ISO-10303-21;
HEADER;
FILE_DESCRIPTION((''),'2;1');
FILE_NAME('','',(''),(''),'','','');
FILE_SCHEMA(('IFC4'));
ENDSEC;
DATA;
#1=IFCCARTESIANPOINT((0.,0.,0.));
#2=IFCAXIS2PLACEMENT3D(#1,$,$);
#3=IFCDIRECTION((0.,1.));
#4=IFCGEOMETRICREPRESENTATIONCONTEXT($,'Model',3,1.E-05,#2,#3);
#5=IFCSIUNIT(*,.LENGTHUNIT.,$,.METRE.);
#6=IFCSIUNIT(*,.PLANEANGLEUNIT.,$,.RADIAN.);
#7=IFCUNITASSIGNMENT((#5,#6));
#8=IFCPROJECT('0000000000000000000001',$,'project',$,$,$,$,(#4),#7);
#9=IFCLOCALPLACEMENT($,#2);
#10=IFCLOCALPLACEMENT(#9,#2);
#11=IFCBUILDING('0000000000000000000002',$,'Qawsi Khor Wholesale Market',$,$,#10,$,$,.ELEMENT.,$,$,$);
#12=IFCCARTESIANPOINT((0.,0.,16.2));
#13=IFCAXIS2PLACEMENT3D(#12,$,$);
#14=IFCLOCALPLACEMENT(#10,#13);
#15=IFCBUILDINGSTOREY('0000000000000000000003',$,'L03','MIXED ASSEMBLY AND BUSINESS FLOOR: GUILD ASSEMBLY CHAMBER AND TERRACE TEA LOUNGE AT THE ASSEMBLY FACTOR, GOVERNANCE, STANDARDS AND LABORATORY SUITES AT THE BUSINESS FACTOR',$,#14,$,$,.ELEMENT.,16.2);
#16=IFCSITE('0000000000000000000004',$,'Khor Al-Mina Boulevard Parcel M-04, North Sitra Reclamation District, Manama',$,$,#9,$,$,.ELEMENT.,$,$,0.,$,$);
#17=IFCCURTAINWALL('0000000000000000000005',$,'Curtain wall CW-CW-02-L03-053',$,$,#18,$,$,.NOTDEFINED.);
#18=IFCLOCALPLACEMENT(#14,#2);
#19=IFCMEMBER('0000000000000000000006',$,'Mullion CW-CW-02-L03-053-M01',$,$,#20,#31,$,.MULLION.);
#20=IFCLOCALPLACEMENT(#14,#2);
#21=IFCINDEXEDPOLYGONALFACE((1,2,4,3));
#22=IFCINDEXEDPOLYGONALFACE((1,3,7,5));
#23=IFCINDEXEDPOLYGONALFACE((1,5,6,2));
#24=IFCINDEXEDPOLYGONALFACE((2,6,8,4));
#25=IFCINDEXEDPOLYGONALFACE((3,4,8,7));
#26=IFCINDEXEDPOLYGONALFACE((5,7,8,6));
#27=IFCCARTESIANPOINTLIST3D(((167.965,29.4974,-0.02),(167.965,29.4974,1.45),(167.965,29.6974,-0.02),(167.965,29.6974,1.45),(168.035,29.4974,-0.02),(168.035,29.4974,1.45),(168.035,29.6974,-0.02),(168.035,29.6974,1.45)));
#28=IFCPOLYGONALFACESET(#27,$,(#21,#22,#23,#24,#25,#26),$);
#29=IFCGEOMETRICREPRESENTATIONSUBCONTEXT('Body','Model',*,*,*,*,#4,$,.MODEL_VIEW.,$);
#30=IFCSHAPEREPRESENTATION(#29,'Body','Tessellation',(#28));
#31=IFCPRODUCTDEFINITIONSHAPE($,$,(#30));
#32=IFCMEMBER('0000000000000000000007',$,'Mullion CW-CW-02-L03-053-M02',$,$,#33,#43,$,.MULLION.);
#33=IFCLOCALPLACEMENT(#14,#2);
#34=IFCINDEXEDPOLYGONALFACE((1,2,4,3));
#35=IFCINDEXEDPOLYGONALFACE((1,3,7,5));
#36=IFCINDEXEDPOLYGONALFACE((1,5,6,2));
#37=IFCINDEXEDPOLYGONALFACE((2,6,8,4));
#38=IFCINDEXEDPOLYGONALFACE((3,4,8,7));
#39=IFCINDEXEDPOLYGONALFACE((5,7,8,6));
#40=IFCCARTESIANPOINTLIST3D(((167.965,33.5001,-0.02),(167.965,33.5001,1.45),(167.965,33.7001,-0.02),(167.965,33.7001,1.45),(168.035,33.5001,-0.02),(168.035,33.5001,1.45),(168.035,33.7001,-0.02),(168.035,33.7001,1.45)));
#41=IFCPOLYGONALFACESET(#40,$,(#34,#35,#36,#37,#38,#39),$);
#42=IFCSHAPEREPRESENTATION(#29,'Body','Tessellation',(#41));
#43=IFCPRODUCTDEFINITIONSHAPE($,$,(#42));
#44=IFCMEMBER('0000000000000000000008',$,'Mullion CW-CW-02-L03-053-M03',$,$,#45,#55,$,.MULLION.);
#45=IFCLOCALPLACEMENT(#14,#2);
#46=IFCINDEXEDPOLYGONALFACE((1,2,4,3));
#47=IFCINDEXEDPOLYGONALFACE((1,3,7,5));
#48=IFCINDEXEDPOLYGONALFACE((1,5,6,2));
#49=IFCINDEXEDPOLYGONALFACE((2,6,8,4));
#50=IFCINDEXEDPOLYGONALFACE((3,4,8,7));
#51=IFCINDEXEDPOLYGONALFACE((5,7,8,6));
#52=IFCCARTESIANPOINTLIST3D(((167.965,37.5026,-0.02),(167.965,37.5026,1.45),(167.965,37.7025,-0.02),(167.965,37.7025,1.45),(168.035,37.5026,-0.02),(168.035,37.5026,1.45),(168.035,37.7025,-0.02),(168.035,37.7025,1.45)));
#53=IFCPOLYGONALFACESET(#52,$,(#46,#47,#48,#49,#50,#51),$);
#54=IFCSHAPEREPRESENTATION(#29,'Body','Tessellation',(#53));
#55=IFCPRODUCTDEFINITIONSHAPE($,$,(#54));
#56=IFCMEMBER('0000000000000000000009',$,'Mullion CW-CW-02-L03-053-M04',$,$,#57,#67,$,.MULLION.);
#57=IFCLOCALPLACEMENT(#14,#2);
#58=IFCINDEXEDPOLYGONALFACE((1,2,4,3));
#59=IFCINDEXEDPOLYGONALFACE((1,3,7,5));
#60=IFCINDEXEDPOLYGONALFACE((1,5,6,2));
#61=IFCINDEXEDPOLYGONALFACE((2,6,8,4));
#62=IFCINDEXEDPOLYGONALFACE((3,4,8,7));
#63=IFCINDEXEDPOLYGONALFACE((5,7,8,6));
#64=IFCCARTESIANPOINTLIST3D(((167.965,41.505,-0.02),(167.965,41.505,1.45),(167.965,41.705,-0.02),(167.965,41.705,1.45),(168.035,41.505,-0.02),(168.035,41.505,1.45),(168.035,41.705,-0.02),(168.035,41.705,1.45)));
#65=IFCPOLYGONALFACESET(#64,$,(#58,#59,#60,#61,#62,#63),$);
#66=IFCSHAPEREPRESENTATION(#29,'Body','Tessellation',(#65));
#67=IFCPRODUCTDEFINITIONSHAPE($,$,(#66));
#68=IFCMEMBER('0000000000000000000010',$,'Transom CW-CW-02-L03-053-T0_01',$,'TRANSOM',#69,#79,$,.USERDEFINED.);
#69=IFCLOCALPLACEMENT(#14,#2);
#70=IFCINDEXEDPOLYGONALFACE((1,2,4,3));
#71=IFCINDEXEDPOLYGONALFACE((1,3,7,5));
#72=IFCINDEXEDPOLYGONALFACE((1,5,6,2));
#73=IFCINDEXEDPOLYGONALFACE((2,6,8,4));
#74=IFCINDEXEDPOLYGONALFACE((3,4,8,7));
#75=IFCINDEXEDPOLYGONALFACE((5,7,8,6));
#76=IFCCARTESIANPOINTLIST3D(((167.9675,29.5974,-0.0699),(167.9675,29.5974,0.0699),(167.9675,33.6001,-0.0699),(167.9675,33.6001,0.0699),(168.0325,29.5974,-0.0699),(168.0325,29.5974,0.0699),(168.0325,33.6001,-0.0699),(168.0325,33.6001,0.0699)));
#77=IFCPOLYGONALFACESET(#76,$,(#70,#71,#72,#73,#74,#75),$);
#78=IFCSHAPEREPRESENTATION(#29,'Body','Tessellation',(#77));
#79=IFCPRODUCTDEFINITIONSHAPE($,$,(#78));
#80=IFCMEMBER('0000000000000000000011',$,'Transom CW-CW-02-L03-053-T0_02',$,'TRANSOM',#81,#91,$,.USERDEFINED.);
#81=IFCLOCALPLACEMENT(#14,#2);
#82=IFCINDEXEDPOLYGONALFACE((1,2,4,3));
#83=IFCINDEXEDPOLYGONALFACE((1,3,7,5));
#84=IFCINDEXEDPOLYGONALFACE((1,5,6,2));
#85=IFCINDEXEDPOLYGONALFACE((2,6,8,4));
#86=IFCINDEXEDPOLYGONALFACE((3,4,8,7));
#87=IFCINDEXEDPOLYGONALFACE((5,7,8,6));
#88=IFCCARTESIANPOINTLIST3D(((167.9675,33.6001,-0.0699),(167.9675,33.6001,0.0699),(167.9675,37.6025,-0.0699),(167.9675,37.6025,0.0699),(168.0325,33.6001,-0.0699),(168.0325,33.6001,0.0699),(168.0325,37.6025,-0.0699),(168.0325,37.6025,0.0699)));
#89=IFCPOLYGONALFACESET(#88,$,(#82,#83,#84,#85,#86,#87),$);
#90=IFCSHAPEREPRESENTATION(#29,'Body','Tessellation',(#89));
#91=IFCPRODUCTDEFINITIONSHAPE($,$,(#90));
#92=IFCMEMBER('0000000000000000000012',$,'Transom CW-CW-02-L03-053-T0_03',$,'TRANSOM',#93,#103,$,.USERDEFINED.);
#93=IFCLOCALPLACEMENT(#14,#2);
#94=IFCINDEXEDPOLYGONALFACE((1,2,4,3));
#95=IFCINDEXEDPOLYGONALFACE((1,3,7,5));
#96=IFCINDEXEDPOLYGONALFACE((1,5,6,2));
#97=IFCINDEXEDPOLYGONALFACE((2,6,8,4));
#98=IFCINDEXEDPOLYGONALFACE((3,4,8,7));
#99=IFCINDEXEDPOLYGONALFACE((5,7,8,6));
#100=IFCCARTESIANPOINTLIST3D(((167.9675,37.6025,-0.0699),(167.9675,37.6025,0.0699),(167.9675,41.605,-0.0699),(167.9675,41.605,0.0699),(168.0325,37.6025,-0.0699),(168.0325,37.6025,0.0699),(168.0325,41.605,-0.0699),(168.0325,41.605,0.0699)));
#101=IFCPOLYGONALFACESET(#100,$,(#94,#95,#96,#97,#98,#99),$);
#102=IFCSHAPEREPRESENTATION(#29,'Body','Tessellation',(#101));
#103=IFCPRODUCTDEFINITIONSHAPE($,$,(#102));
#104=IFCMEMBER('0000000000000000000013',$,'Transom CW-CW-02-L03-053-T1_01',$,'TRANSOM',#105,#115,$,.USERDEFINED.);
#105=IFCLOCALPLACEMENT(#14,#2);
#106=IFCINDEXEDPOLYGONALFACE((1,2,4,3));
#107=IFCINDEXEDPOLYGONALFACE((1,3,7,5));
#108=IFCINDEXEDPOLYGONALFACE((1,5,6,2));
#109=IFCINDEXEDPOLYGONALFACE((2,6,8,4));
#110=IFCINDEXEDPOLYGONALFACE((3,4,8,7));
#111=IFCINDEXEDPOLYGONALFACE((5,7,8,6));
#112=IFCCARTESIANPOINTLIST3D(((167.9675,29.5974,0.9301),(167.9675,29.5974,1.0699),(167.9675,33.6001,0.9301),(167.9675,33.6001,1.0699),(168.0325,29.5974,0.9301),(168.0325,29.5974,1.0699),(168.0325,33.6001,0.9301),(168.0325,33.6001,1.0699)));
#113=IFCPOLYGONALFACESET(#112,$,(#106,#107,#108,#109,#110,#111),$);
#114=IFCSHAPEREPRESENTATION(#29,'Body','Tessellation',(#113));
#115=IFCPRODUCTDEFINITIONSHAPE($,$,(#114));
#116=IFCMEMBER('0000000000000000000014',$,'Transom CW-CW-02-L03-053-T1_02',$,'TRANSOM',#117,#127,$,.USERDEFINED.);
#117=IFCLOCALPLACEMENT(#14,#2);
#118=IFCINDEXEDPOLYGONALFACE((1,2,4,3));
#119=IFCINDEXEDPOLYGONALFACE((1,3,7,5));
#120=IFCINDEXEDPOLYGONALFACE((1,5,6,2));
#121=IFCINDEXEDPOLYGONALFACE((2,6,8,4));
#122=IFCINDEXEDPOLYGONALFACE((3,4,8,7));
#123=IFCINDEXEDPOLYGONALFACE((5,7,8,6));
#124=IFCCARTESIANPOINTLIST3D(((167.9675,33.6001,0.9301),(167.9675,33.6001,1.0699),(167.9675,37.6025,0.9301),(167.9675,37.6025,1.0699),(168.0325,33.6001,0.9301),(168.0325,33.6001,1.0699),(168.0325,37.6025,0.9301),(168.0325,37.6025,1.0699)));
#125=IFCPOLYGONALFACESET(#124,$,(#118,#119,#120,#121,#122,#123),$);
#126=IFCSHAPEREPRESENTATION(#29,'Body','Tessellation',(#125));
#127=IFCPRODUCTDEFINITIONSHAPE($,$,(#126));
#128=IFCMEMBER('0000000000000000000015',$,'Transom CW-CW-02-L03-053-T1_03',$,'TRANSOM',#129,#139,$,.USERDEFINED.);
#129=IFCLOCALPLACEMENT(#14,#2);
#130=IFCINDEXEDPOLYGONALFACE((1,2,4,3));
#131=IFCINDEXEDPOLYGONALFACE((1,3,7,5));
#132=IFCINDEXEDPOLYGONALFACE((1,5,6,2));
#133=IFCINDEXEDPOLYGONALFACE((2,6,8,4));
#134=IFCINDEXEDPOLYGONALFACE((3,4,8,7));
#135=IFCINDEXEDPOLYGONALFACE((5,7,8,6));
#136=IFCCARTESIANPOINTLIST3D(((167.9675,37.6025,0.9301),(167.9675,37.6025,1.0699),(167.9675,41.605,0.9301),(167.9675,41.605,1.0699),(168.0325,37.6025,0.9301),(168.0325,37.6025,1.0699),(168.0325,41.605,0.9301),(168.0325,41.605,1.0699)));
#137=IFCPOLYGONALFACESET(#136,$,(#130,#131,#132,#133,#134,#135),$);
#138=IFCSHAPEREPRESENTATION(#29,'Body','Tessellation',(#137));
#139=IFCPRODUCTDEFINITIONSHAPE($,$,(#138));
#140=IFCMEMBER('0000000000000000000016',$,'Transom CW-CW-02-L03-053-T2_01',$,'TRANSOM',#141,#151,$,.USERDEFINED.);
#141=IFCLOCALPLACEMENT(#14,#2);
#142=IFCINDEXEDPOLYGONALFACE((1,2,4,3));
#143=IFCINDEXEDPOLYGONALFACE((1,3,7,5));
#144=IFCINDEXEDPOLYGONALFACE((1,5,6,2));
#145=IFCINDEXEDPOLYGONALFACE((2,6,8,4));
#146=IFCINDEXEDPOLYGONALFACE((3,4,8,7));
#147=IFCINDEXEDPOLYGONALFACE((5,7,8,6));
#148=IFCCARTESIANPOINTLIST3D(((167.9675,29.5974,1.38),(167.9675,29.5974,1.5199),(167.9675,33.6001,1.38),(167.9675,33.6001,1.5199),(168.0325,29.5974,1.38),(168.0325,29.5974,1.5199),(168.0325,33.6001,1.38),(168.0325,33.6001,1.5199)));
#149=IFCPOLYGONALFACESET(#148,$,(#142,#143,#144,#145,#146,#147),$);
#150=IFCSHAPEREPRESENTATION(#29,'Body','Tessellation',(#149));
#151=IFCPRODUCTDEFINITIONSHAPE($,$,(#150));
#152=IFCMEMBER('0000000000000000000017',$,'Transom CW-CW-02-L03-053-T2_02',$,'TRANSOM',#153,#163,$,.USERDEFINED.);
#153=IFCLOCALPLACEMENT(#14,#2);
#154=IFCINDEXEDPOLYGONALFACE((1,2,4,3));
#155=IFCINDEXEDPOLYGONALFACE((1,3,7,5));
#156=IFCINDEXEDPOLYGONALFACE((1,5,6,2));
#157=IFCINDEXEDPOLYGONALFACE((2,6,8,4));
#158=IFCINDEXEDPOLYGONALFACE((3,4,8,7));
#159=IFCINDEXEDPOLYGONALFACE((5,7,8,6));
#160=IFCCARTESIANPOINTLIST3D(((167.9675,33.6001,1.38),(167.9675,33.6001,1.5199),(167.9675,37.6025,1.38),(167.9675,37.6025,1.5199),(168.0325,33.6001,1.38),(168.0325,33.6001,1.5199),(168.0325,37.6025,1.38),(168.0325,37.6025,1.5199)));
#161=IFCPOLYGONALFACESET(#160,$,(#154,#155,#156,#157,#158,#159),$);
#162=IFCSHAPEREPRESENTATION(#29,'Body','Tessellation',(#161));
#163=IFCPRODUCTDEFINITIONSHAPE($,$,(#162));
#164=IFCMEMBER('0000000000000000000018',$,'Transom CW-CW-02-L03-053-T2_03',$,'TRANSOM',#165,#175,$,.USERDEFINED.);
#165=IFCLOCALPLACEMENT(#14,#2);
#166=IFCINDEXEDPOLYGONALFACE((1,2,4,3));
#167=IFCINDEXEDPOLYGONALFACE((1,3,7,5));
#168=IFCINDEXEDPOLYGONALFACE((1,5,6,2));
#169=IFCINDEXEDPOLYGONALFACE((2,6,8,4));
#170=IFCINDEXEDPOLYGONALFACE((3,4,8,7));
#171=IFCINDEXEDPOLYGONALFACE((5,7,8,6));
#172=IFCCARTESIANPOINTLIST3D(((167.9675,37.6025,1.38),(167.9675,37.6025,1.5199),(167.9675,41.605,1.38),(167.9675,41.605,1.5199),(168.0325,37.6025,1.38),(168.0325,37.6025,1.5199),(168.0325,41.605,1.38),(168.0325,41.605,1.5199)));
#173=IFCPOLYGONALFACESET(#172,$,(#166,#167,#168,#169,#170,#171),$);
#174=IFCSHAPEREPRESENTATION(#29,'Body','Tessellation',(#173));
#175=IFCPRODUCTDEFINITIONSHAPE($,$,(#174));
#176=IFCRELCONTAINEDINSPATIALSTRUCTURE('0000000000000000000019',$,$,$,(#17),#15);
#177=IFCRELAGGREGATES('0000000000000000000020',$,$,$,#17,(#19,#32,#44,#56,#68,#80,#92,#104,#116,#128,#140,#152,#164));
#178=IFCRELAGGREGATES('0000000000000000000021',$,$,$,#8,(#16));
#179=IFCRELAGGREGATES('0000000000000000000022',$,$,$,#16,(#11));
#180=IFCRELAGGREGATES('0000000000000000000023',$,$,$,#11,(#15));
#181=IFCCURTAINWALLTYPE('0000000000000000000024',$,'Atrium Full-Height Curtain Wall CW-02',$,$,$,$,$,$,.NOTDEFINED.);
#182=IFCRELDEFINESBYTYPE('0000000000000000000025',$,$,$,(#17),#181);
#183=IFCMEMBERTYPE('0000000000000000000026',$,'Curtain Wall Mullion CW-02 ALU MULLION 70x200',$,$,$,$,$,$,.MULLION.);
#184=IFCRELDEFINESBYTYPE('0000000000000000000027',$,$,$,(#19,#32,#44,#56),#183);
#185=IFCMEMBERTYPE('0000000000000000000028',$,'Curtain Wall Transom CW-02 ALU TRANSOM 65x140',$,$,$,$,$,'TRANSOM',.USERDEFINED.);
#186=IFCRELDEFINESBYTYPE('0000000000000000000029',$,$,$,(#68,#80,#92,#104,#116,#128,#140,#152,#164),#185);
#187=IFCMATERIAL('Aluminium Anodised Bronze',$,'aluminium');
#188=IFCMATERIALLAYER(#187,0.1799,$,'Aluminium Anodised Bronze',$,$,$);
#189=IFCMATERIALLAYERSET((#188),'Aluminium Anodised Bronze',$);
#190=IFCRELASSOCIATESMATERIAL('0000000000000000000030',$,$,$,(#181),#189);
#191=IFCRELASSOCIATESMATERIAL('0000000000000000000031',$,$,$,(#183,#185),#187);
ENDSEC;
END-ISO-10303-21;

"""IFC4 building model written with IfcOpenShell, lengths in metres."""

from ifc_helpers import new_model, si_unit, direction, frame, origin, origin_2d, place, context, subcontext, project, spatial, rectangle, extrude, material, layer, layer_set, material_profile, profile_set, type_object, element, aggregate, save


model = new_model("IFC4")

# Units and contexts
model_context = context("Model", 3, precision=1e-05, world=origin(), true_north=direction((0.0, 1.0)))
body_context = subcontext(model_context, "Body", "Model", "MODEL_VIEW")
ifc_project = project(units=[si_unit("LENGTHUNIT", "METRE"), si_unit("PLANEANGLEUNIT", "RADIAN")], contexts=[model_context])

# Site, building, storey
site_placement = place(None, origin())
site = spatial("IfcSite", under=ifc_project, at=site_placement, Name="Khor Al-Mina Boulevard Parcel M-04, North Sitra Reclamation District, Manama", CompositionType="ELEMENT", RefElevation=0.0)
building_placement = place(site_placement, origin())
building = spatial("IfcBuilding", under=site, at=building_placement, Name="Qawsi Khor Wholesale Market", CompositionType="ELEMENT")
storey_placement = place(building_placement, frame((0.0, 0.0, 16.2)))
storey = spatial("IfcBuildingStorey", under=building, at=storey_placement, Name="L03", Description="MIXED ASSEMBLY AND BUSINESS FLOOR: GUILD ASSEMBLY CHAMBER AND TERRACE TEA LOUNGE AT THE ASSEMBLY FACTOR, GOVERNANCE, STANDARDS AND LABORATORY SUITES AT THE BUSINESS FACTOR", CompositionType="ELEMENT", Elevation=16.2)

# Curtain wall, members
ifc_material_1 = material(Name="Aluminium Anodised Bronze", Category="aluminium")
ifc_layer_1 = layer(ifc_material_1, 0.1799, Name="Aluminium Anodised Bronze")
ifc_layer_set_1 = layer_set([ifc_layer_1], Name="Aluminium Anodised Bronze")
curtain_wall_type = type_object("IfcCurtainWallType", Name="Atrium Full-Height Curtain Wall CW-02", PredefinedType="NOTDEFINED", material=ifc_layer_set_1)
curtain_wall_placement = place(storey_placement, origin())
curtain_wall = element("IfcCurtainWall", 1, at=curtain_wall_placement, inside=storey, type_object=curtain_wall_type, Name="Curtain wall CW-CW-02-L03-053", PredefinedType="NOTDEFINED")
ifc_material_profile_1 = material_profile(ifc_material_1, rectangle(XDim=0.0701, YDim=0.2, at=origin_2d()), Name="ALU MULLION 70x200")
ifc_profile_set_1 = profile_set([ifc_material_profile_1], Name="Aluminium Anodised Bronze")
member_type_1 = type_object("IfcMemberType", Name="Curtain Wall Mullion CW-02 ALU MULLION 70x200", PredefinedType="MULLION", material=ifc_profile_set_1)
member_1_placement = place(storey_placement, frame((168.0, 29.5974, -0.02), z_axis=(0.0, 0.0, 1.0), x_axis=(1.0, 0.0, 0.0)))
member_1 = element("IfcMember", 2, at=member_1_placement, type_object=member_type_1, Name="Mullion CW-CW-02-L03-053-M01", PredefinedType="MULLION", context=body_context, shape_type="SweptSolid", body=[
    extrude(rectangle(XDim=0.0701, YDim=0.2, at=origin_2d()), origin(), (0.0, 0.0, 1.0), 1.47),
])
member_2_placement = place(storey_placement, frame((168.0, 33.6001, -0.02), z_axis=(0.0, 0.0, 1.0), x_axis=(1.0, 0.0, 0.0)))
member_2 = element("IfcMember", 3, at=member_2_placement, type_object=member_type_1, Name="Mullion CW-CW-02-L03-053-M02", PredefinedType="MULLION", context=body_context, shape_type="SweptSolid", body=[
    extrude(rectangle(XDim=0.0701, YDim=0.2, at=origin_2d()), origin(), (0.0, 0.0, 1.0), 1.47),
])
member_3_placement = place(storey_placement, frame((168.0, 37.6025, -0.02), z_axis=(0.0, 0.0, 1.0), x_axis=(1.0, 0.0, 0.0)))
member_3 = element("IfcMember", 4, at=member_3_placement, type_object=member_type_1, Name="Mullion CW-CW-02-L03-053-M03", PredefinedType="MULLION", context=body_context, shape_type="SweptSolid", body=[
    extrude(rectangle(XDim=0.0701, YDim=0.2, at=origin_2d()), origin(), (0.0, 0.0, 1.0), 1.47),
])
member_4_placement = place(storey_placement, frame((168.0, 41.605, -0.02), z_axis=(0.0, 0.0, 1.0), x_axis=(1.0, 0.0, 0.0)))
member_4 = element("IfcMember", 5, at=member_4_placement, type_object=member_type_1, Name="Mullion CW-CW-02-L03-053-M04", PredefinedType="MULLION", context=body_context, shape_type="SweptSolid", body=[
    extrude(rectangle(XDim=0.0701, YDim=0.2, at=origin_2d()), origin(), (0.0, 0.0, 1.0), 1.47),
])
ifc_material_profile_2 = material_profile(ifc_material_1, rectangle(XDim=0.0649, YDim=0.1399, at=origin_2d()), Name="ALU TRANSOM 65x140")
ifc_profile_set_2 = profile_set([ifc_material_profile_2], Name="Aluminium Anodised Bronze")
member_type_2 = type_object("IfcMemberType", Name="Curtain Wall Transom CW-02 ALU TRANSOM 65x140", ElementType="TRANSOM", PredefinedType="USERDEFINED", material=ifc_profile_set_2)
member_5_placement = place(storey_placement, frame((168.0, 29.5974, 0.0), z_axis=(0.0, 1.0, 0.0), x_axis=(-1.0, 0.0, 0.0)))
member_5 = element("IfcMember", 6, at=member_5_placement, type_object=member_type_2, Name="Transom CW-CW-02-L03-053-T0_01", ObjectType="TRANSOM", PredefinedType="USERDEFINED", context=body_context, shape_type="SweptSolid", body=[
    extrude(rectangle(XDim=0.0649, YDim=0.1399, at=origin_2d()), origin(), (0.0, 0.0, 1.0), 4.0027),
])
member_6_placement = place(storey_placement, frame((168.0, 33.6001, 0.0), z_axis=(0.0, 1.0, 0.0), x_axis=(-1.0, 0.0, 0.0)))
member_6 = element("IfcMember", 7, at=member_6_placement, type_object=member_type_2, Name="Transom CW-CW-02-L03-053-T0_02", ObjectType="TRANSOM", PredefinedType="USERDEFINED", context=body_context, shape_type="SweptSolid", body=[
    extrude(rectangle(XDim=0.0649, YDim=0.1399, at=origin_2d()), origin(), (0.0, 0.0, 1.0), 4.0024),
])
member_7_placement = place(storey_placement, frame((168.0, 37.6025, 0.0), z_axis=(0.0, 1.0, 0.0), x_axis=(-1.0, 0.0, 0.0)))
member_7 = element("IfcMember", 8, at=member_7_placement, type_object=member_type_2, Name="Transom CW-CW-02-L03-053-T0_03", ObjectType="TRANSOM", PredefinedType="USERDEFINED", context=body_context, shape_type="SweptSolid", body=[
    extrude(rectangle(XDim=0.0649, YDim=0.1399, at=origin_2d()), origin(), (0.0, 0.0, 1.0), 4.0024),
])
member_8_placement = place(storey_placement, frame((168.0, 29.5974, 1.0), z_axis=(0.0, 1.0, 0.0), x_axis=(-1.0, 0.0, 0.0)))
member_8 = element("IfcMember", 9, at=member_8_placement, type_object=member_type_2, Name="Transom CW-CW-02-L03-053-T1_01", ObjectType="TRANSOM", PredefinedType="USERDEFINED", context=body_context, shape_type="SweptSolid", body=[
    extrude(rectangle(XDim=0.0649, YDim=0.1399, at=origin_2d()), origin(), (0.0, 0.0, 1.0), 4.0027),
])
member_9_placement = place(storey_placement, frame((168.0, 33.6001, 1.0), z_axis=(0.0, 1.0, 0.0), x_axis=(-1.0, 0.0, 0.0)))
member_9 = element("IfcMember", 10, at=member_9_placement, type_object=member_type_2, Name="Transom CW-CW-02-L03-053-T1_02", ObjectType="TRANSOM", PredefinedType="USERDEFINED", context=body_context, shape_type="SweptSolid", body=[
    extrude(rectangle(XDim=0.0649, YDim=0.1399, at=origin_2d()), origin(), (0.0, 0.0, 1.0), 4.0024),
])
member_10_placement = place(storey_placement, frame((168.0, 37.6025, 1.0), z_axis=(0.0, 1.0, 0.0), x_axis=(-1.0, 0.0, 0.0)))
member_10 = element("IfcMember", 11, at=member_10_placement, type_object=member_type_2, Name="Transom CW-CW-02-L03-053-T1_03", ObjectType="TRANSOM", PredefinedType="USERDEFINED", context=body_context, shape_type="SweptSolid", body=[
    extrude(rectangle(XDim=0.0649, YDim=0.1399, at=origin_2d()), origin(), (0.0, 0.0, 1.0), 4.0024),
])
member_11_placement = place(storey_placement, frame((168.0, 29.5974, 1.45), z_axis=(0.0, 1.0, 0.0), x_axis=(-1.0, 0.0, 0.0)))
member_11 = element("IfcMember", 12, at=member_11_placement, type_object=member_type_2, Name="Transom CW-CW-02-L03-053-T2_01", ObjectType="TRANSOM", PredefinedType="USERDEFINED", context=body_context, shape_type="SweptSolid", body=[
    extrude(rectangle(XDim=0.0649, YDim=0.1399, at=origin_2d()), origin(), (0.0, 0.0, 1.0), 4.0027),
])
member_12_placement = place(storey_placement, frame((168.0, 33.6001, 1.45), z_axis=(0.0, 1.0, 0.0), x_axis=(-1.0, 0.0, 0.0)))
member_12 = element("IfcMember", 13, at=member_12_placement, type_object=member_type_2, Name="Transom CW-CW-02-L03-053-T2_02", ObjectType="TRANSOM", PredefinedType="USERDEFINED", context=body_context, shape_type="SweptSolid", body=[
    extrude(rectangle(XDim=0.0649, YDim=0.1399, at=origin_2d()), origin(), (0.0, 0.0, 1.0), 4.0024),
])
member_13_placement = place(storey_placement, frame((168.0, 37.6025, 1.45), z_axis=(0.0, 1.0, 0.0), x_axis=(-1.0, 0.0, 0.0)))
member_13 = element("IfcMember", 14, at=member_13_placement, type_object=member_type_2, Name="Transom CW-CW-02-L03-053-T2_03", ObjectType="TRANSOM", PredefinedType="USERDEFINED", context=body_context, shape_type="SweptSolid", body=[
    extrude(rectangle(XDim=0.0649, YDim=0.1399, at=origin_2d()), origin(), (0.0, 0.0, 1.0), 4.0024),
])

aggregate(curtain_wall, [member_1, member_2, member_3, member_4, member_5, member_6, member_7, member_8, member_9, member_10, member_11, member_12, member_13])

save(model, "model.ifc")
